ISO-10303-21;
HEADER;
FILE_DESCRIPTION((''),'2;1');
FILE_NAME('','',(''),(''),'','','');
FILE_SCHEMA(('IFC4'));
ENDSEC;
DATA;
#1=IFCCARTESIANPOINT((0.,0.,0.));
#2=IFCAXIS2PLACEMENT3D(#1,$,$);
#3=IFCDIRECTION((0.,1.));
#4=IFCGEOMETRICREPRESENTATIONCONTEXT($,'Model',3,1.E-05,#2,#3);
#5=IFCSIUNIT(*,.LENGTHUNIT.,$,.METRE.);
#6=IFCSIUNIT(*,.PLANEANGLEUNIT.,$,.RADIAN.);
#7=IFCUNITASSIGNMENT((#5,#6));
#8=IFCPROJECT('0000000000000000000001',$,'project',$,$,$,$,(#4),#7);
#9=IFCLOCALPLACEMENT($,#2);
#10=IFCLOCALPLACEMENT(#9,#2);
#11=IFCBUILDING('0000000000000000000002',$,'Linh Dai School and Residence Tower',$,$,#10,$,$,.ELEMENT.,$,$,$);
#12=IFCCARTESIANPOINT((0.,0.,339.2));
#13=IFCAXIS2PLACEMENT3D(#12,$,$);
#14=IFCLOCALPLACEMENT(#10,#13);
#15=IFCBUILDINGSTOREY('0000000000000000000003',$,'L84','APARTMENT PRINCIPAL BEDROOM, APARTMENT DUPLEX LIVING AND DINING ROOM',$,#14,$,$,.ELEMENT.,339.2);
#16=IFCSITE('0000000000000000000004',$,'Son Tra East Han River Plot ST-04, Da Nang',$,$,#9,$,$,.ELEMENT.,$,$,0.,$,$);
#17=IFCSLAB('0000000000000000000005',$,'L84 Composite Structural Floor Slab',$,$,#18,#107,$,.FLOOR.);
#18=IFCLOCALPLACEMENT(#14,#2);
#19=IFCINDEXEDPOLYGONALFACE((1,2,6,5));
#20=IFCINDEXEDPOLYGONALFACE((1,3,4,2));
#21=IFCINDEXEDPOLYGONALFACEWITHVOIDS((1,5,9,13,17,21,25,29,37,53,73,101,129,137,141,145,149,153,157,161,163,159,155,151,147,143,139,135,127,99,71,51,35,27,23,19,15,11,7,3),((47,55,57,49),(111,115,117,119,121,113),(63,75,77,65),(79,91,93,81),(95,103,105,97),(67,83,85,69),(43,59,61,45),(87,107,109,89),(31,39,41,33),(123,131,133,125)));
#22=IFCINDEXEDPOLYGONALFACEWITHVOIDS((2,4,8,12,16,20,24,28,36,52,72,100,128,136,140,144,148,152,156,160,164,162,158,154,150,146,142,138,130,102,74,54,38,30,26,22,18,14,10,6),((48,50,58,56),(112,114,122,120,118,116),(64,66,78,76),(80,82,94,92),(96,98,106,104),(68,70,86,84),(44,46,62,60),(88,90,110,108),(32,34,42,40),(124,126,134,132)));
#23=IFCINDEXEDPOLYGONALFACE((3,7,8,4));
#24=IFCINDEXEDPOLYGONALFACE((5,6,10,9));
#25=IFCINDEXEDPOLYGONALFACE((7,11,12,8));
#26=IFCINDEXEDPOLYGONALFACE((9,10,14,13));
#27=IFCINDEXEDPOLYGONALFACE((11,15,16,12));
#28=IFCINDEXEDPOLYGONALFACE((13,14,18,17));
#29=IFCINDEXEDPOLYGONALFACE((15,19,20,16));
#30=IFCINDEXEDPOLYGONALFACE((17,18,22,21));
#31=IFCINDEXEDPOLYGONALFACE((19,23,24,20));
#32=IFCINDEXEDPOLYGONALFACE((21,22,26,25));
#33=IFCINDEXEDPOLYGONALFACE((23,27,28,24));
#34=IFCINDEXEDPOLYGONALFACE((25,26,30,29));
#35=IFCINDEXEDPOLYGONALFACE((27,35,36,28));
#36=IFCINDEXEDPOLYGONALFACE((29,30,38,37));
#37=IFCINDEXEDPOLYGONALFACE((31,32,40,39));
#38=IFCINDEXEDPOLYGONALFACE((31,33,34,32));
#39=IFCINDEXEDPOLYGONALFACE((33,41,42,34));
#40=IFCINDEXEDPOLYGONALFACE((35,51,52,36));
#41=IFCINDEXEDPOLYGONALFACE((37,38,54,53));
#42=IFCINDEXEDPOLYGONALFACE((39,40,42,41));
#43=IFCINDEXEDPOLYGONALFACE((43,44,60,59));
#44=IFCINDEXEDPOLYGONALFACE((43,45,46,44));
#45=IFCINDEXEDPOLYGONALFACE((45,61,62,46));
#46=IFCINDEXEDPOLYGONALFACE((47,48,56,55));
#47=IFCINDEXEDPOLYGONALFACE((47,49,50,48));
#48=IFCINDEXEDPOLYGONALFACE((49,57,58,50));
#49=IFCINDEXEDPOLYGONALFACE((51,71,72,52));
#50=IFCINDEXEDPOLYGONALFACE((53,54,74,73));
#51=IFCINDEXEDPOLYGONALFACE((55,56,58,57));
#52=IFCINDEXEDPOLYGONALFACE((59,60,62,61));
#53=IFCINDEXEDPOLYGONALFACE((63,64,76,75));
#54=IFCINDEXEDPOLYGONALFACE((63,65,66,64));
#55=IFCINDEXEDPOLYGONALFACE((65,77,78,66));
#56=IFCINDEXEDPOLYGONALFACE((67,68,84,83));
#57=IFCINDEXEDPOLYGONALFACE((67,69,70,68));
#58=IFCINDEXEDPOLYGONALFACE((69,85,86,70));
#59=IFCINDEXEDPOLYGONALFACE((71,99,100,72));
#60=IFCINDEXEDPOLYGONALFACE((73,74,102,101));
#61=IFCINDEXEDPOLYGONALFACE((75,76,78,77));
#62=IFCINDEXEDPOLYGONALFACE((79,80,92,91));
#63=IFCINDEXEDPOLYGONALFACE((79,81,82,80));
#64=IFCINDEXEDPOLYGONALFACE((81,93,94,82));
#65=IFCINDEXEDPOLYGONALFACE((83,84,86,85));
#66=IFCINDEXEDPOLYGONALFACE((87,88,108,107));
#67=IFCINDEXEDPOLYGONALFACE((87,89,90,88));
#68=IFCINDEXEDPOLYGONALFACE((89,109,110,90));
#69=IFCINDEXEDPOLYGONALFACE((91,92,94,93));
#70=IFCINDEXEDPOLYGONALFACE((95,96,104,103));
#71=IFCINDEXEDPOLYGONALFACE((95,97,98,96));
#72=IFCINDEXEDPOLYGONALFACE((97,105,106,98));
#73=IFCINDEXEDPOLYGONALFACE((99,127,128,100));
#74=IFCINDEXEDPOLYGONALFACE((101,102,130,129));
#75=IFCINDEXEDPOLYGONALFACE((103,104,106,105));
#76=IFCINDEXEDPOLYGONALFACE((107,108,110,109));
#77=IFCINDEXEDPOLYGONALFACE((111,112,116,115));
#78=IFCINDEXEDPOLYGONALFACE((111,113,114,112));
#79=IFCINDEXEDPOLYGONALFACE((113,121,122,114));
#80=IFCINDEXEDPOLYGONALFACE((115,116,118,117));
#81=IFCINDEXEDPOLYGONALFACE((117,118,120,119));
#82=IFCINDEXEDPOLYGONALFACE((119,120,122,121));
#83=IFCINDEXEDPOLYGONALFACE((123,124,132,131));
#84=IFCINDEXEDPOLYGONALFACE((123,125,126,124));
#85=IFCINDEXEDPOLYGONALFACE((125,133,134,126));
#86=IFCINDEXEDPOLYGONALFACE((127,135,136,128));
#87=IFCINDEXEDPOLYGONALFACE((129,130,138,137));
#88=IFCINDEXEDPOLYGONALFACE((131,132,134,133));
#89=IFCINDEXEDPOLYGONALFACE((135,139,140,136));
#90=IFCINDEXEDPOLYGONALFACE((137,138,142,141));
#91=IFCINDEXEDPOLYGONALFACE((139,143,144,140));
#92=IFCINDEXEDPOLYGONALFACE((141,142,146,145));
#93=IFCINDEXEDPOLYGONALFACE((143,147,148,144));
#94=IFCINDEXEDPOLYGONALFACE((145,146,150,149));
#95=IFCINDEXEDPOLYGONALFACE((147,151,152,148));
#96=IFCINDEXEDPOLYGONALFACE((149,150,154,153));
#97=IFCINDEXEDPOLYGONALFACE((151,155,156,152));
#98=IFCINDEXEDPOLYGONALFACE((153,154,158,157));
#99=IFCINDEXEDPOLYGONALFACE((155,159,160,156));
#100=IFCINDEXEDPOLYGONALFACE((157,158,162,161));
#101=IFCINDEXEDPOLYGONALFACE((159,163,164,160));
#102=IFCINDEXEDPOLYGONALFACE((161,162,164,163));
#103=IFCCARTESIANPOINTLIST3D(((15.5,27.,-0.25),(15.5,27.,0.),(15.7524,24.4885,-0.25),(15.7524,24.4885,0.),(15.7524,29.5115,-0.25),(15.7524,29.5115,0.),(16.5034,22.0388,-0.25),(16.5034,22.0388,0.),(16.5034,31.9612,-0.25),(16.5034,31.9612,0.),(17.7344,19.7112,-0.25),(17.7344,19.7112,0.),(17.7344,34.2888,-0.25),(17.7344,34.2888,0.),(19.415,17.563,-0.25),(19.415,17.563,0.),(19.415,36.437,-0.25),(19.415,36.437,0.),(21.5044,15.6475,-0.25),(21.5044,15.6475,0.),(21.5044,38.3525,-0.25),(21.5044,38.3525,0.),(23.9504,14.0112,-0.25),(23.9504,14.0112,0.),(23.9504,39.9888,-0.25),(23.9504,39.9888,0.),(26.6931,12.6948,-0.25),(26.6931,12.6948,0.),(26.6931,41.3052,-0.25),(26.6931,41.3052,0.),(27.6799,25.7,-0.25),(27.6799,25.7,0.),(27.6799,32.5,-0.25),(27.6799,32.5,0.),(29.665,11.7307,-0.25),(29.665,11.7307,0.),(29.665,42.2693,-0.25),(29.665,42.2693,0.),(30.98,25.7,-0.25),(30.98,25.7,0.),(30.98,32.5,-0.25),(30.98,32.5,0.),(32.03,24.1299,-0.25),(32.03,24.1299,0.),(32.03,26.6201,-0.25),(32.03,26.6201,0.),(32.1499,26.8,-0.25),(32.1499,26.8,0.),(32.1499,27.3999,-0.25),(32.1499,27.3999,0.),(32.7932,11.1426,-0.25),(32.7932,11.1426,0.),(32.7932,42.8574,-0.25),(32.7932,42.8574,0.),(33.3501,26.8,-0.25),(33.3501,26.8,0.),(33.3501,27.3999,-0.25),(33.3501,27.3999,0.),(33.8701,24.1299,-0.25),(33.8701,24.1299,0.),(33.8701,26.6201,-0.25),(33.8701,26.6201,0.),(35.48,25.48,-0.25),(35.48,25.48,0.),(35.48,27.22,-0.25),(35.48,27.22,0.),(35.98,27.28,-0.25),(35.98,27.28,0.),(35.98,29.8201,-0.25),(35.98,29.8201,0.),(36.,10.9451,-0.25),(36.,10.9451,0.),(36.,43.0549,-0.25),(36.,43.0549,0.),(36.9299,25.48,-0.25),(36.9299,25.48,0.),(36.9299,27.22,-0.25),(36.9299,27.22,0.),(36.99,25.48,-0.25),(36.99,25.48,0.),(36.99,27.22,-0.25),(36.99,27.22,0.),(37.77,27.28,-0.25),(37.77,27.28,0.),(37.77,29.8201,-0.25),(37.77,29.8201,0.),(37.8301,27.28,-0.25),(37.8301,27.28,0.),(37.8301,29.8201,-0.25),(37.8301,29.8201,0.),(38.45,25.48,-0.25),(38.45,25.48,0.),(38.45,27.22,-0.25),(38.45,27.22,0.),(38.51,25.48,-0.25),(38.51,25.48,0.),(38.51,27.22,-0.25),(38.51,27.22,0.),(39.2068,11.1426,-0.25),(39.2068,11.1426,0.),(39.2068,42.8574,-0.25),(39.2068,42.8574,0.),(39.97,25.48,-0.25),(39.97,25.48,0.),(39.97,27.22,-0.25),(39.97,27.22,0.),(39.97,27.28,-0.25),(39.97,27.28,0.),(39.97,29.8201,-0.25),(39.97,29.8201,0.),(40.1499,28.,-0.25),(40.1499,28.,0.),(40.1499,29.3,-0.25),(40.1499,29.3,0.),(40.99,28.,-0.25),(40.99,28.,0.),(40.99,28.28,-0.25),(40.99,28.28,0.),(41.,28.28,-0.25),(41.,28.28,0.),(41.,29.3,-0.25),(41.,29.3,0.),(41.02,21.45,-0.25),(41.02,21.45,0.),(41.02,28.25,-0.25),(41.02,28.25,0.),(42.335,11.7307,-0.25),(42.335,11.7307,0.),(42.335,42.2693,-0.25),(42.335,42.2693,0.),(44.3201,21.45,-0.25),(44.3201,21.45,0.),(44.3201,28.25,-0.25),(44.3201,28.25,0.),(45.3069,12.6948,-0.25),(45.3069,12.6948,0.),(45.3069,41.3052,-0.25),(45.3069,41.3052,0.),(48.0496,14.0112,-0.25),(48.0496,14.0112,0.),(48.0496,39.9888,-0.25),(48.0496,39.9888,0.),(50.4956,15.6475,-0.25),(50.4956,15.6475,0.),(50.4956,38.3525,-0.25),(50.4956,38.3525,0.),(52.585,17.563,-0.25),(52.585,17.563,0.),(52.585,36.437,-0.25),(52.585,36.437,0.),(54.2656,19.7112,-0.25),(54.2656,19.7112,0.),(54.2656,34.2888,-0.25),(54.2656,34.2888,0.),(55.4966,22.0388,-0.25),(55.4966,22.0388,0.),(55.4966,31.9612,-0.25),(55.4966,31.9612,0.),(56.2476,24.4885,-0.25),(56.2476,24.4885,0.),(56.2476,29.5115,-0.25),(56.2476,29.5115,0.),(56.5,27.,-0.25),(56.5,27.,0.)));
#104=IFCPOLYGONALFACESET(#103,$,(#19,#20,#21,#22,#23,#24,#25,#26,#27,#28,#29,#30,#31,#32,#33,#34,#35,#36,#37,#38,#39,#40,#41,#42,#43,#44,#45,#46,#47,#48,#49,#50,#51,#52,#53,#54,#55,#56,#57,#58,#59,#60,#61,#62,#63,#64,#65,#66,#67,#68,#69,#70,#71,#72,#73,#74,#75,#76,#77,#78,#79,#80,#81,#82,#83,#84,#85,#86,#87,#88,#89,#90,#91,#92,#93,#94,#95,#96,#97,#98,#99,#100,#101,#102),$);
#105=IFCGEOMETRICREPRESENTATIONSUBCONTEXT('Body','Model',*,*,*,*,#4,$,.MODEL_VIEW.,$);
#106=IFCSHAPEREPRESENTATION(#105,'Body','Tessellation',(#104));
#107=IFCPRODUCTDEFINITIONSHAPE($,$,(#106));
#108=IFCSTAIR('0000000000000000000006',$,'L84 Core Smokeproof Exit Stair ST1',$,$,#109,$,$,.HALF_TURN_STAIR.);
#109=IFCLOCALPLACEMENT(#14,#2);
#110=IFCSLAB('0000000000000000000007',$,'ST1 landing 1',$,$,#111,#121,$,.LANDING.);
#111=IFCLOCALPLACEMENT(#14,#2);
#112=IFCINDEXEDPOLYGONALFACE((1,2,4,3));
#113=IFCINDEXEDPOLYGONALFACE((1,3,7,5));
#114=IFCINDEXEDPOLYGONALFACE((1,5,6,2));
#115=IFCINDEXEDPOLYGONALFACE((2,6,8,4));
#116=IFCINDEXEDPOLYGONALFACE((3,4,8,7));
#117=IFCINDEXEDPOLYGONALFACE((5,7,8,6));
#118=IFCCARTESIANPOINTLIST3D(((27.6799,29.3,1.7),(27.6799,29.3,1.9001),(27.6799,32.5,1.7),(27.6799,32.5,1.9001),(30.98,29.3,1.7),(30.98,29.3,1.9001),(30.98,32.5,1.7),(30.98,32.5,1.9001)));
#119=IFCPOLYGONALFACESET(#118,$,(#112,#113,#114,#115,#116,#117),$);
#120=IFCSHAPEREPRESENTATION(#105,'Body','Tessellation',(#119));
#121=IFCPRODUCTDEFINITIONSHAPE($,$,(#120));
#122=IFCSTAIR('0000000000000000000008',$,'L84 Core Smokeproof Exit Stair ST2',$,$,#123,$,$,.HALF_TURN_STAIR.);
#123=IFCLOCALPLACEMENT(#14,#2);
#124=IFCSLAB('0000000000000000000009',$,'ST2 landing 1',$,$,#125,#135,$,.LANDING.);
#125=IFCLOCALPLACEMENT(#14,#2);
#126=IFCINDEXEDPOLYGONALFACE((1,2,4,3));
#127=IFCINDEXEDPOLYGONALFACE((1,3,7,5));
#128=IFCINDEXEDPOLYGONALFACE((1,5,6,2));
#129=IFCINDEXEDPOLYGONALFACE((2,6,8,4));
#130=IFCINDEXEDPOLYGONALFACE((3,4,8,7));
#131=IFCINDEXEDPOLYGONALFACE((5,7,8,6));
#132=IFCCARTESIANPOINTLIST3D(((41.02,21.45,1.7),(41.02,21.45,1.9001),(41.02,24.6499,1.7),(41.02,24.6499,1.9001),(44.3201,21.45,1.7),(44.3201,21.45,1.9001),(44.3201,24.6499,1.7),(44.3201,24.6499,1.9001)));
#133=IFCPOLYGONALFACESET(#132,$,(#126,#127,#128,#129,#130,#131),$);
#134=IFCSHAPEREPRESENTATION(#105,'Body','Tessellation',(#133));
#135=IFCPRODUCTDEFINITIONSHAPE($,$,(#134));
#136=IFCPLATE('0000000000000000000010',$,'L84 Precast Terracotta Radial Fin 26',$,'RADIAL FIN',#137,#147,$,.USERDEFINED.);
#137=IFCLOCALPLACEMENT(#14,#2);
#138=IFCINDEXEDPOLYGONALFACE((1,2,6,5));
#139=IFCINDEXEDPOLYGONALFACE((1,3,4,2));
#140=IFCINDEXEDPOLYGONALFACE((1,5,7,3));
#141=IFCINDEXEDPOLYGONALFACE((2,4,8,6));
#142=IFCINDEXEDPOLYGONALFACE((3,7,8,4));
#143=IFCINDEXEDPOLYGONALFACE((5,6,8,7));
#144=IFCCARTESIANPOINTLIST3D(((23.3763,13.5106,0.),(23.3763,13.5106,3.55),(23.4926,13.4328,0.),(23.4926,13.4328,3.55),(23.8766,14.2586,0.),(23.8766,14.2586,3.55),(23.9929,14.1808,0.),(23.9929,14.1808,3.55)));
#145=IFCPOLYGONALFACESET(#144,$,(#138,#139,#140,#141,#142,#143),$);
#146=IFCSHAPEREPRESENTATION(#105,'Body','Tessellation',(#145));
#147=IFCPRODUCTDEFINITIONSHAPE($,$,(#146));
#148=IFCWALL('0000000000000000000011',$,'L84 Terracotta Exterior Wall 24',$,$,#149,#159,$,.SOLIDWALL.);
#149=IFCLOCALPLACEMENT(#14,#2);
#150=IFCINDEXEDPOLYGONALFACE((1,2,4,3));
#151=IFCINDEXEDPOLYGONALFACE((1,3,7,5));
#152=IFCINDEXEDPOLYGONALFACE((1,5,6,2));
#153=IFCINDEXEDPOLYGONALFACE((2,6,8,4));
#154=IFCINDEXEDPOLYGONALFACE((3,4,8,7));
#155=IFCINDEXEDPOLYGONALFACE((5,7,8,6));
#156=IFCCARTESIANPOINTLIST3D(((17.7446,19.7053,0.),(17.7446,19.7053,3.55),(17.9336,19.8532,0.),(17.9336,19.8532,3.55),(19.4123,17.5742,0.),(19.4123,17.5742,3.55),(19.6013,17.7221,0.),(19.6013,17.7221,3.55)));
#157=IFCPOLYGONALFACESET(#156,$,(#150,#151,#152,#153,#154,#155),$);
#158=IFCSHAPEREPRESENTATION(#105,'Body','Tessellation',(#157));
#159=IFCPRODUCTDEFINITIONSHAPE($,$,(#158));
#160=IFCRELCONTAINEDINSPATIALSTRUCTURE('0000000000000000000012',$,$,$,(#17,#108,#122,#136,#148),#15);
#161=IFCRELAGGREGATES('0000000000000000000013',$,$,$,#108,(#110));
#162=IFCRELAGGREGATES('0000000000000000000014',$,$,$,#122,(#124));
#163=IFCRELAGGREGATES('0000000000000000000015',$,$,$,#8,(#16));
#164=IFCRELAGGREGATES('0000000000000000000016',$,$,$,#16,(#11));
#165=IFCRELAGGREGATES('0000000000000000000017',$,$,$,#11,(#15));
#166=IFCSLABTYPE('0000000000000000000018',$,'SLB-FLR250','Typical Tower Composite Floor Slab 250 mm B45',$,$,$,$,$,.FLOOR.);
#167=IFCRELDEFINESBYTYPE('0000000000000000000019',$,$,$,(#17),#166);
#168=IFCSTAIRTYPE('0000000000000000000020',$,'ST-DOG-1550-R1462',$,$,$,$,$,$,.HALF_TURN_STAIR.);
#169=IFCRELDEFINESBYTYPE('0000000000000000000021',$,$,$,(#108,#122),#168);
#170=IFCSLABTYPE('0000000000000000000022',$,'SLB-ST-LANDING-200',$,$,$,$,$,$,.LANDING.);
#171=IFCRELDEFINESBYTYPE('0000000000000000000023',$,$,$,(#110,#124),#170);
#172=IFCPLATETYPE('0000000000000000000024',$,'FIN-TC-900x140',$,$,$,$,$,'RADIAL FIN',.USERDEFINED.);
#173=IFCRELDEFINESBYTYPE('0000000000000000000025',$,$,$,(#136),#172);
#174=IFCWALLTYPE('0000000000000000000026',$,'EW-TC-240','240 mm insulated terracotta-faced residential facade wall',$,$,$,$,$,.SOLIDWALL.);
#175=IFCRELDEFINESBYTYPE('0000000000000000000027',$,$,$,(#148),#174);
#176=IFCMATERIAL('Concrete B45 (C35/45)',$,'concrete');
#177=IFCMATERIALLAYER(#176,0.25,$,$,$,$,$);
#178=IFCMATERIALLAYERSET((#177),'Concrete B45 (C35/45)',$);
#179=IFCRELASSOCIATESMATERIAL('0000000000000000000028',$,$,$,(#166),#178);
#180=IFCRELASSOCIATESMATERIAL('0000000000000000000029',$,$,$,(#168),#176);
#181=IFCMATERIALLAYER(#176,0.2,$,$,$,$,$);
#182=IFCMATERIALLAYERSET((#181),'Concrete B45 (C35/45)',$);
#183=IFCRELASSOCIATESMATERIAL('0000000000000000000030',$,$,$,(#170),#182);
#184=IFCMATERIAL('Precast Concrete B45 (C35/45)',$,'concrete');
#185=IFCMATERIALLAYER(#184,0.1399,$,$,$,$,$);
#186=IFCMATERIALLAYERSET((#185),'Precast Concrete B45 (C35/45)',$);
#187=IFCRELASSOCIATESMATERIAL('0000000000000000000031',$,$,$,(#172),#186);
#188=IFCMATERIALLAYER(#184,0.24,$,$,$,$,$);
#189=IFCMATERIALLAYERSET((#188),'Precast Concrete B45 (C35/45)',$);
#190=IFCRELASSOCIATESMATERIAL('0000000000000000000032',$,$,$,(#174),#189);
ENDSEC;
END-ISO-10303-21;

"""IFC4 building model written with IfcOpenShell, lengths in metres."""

from ifc_helpers import new_model, si_unit, direction, frame, frame_2d, origin, origin_2d, place, context, subcontext, project, spatial, polyline, rectangle, outline, extrude, source, transform, mapped, material, layer, layer_set, type_object, element, aggregate, save


model = new_model("IFC4")

# Units and contexts
model_context = context("Model", 3, precision=1e-05, world=origin(), true_north=direction((0.0, 1.0)))
body_context = subcontext(model_context, "Body", "Model", "MODEL_VIEW")
ifc_project = project(units=[si_unit("LENGTHUNIT", "METRE"), si_unit("PLANEANGLEUNIT", "RADIAN")], contexts=[model_context])

# Site, building, storey
site_placement = place(None, origin())
site = spatial("IfcSite", under=ifc_project, at=site_placement, Name="Son Tra East Han River Plot ST-04, Da Nang", CompositionType="ELEMENT", RefElevation=0.0)
building_placement = place(site_placement, origin())
building = spatial("IfcBuilding", under=site, at=building_placement, Name="Linh Dai School and Residence Tower", CompositionType="ELEMENT")
storey_placement = place(building_placement, frame((0.0, 0.0, 339.2)))
storey = spatial("IfcBuildingStorey", under=building, at=storey_placement, Name="L84", Description="APARTMENT PRINCIPAL BEDROOM, APARTMENT DUPLEX LIVING AND DINING ROOM", CompositionType="ELEMENT", Elevation=339.2)

# Slab
ifc_material_1 = material(Name="Concrete B45 (C35/45)", Category="concrete")
ifc_layer_1 = layer(ifc_material_1, 0.25)
ifc_layer_set_1 = layer_set([ifc_layer_1], Name="Concrete B45 (C35/45)")
slab_type_1 = type_object("IfcSlabType", Name="SLB-FLR250", Description="Typical Tower Composite Floor Slab 250 mm B45", PredefinedType="FLOOR", material=ifc_layer_set_1)
slab_1_placement = place(storey_placement, frame((0.0, 0.0, -0.25)))
element("IfcSlab", 1, at=slab_1_placement, inside=storey, type_object=slab_type_1, Name="L84 Composite Structural Floor Slab", PredefinedType="FLOOR", context=body_context, shape_type="SweptSolid", body=[
    extrude(outline(polyline([(56.5, 27.0), (56.2476, 29.5115), (55.4966, 31.9612), (54.2656, 34.2888), (52.585, 36.437), (50.4956, 38.3525), (48.0496, 39.9888), (45.3069, 41.3052), (42.335, 42.2693), (39.2068, 42.8574), (36.0, 43.0549), (32.7932, 42.8574), (29.665, 42.2693), (26.6931, 41.3052), (23.9504, 39.9888), (21.5044, 38.3525), (19.415, 36.437), (17.7344, 34.2888), (16.5034, 31.9612), (15.7524, 29.5115), (15.5, 27.0), (15.7524, 24.4885), (16.5034, 22.0388), (17.7344, 19.7112), (19.415, 17.563), (21.5044, 15.6475), (23.9504, 14.0112), (26.6931, 12.6948), (29.665, 11.7307), (32.7932, 11.1426), (36.0, 10.9451), (39.2068, 11.1426), (42.335, 11.7307), (45.3069, 12.6948), (48.0496, 14.0112), (50.4956, 15.6475), (52.585, 17.563), (54.2656, 19.7112), (55.4966, 22.0388), (56.2476, 24.4885), (56.5, 27.0)]), holes=[polyline([(30.98, 25.7), (30.98, 32.5), (27.6799, 32.5), (27.6799, 25.7), (30.98, 25.7)]), polyline([(41.02, 28.25), (41.02, 21.45), (44.3201, 21.45), (44.3201, 28.25), (41.02, 28.25)]), polyline([(35.98, 27.28), (37.77, 27.28), (37.77, 29.8201), (35.98, 29.8201), (35.98, 27.28)]), polyline([(32.03, 24.1299), (33.8701, 24.1299), (33.8701, 26.6201), (32.03, 26.6201), (32.03, 24.1299)]), polyline([(37.8301, 27.28), (39.97, 27.28), (39.97, 29.8201), (37.8301, 29.8201), (37.8301, 27.28)]), polyline([(35.48, 25.48), (36.9299, 25.48), (36.9299, 27.22), (35.48, 27.22), (35.48, 25.48)]), polyline([(36.99, 25.48), (38.45, 25.48), (38.45, 27.22), (36.99, 27.22), (36.99, 25.48)]), polyline([(38.51, 25.48), (39.97, 25.48), (39.97, 27.22), (38.51, 27.22), (38.51, 25.48)]), polyline([(40.1499, 28.0), (40.1499, 29.3), (41.0, 29.3), (41.0, 28.28), (40.99, 28.28), (40.99, 28.0), (40.1499, 28.0)]), polyline([(32.1499, 26.8), (33.3501, 26.8), (33.3501, 27.3999), (32.1499, 27.3999), (32.1499, 26.8)])]), origin(), (0.0, 0.0, 1.0), 0.25),
])

# Stairs, slabs
stair_type = type_object("IfcStairType", Name="ST-DOG-1550-R1462", PredefinedType="HALF_TURN_STAIR", material=ifc_material_1)
stair_1_placement = place(storey_placement, origin())
stair_1 = element("IfcStair", 2, at=stair_1_placement, inside=storey, type_object=stair_type, Name="L84 Core Smokeproof Exit Stair ST1", PredefinedType="HALF_TURN_STAIR")
ifc_layer_2 = layer(ifc_material_1, 0.2)
ifc_layer_set_2 = layer_set([ifc_layer_2], Name="Concrete B45 (C35/45)")
slab_type_2 = type_object("IfcSlabType", Name="SLB-ST-LANDING-200", PredefinedType="LANDING", material=ifc_layer_set_2)
slab_2_placement = place(storey_placement, frame((0.0, 0.0, 1.7)))
slab_2 = element("IfcSlab", 3, at=slab_2_placement, type_object=slab_type_2, Name="ST1 landing 1", PredefinedType="LANDING", context=body_context, shape_type="SweptSolid", body=[
    extrude(outline(polyline([(30.98, 29.3), (30.98, 32.5), (27.6799, 32.5), (27.6799, 29.3), (30.98, 29.3)])), origin(), (0.0, 0.0, 1.0), 0.2002),
])
aggregate(stair_1, [slab_2])
stair_2_placement = place(storey_placement, origin())
stair_2 = element("IfcStair", 4, at=stair_2_placement, inside=storey, type_object=stair_type, Name="L84 Core Smokeproof Exit Stair ST2", PredefinedType="HALF_TURN_STAIR")
slab_3_placement = place(storey_placement, frame((0.0, 0.0, 1.7)))
slab_3 = element("IfcSlab", 5, at=slab_3_placement, type_object=slab_type_2, Name="ST2 landing 1", PredefinedType="LANDING", context=body_context, shape_type="SweptSolid", body=[
    extrude(outline(polyline([(41.02, 24.6499), (41.02, 21.45), (44.3201, 21.45), (44.3201, 24.6499), (41.02, 24.6499)])), origin(), (0.0, 0.0, 1.0), 0.2002),
])
aggregate(stair_2, [slab_3])

# Plate
ifc_material_2 = material(Name="Precast Concrete B45 (C35/45)", Category="concrete")
ifc_layer_3 = layer(ifc_material_2, 0.1399)
ifc_layer_set_3 = layer_set([ifc_layer_3], Name="Precast Concrete B45 (C35/45)")
plate_type = type_object("IfcPlateType", Name="FIN-TC-900x140", ElementType="RADIAL FIN", PredefinedType="USERDEFINED", material=ifc_layer_set_3)
shared_shape_1 = source(origin(), body_context, "Body", "SweptSolid", [
    extrude(rectangle(XDim=0.8999, YDim=0.1399, at=origin_2d()), origin(), (0.0, 0.0, 1.0), 3.55),
])
plate_placement = place(storey_placement, frame((23.6846, 13.8457, 0.0), z_axis=(0.0, 0.0, 1.0), x_axis=(-0.555971, -0.831202, 0.0)))
element("IfcPlate", 6, at=plate_placement, inside=storey, type_object=plate_type, Name="L84 Precast Terracotta Radial Fin 26", ObjectType="RADIAL FIN", PredefinedType="USERDEFINED", context=body_context, shape_type="MappedRepresentation", body=[
    mapped(shared_shape_1, transform((0.0, 0.0, 0.0), x_axis=(1.0, 0.0, 0.0), y_axis=(0.0, 1.0, 0.0), z_axis=(0.0, 0.0, 1.0), scale=1.0)),
])

# Wall
ifc_layer_4 = layer(ifc_material_2, 0.24)
ifc_layer_set_4 = layer_set([ifc_layer_4], Name="Precast Concrete B45 (C35/45)")
wall_type_1 = type_object("IfcWallType", Name="EW-TC-240", Description="240 mm insulated terracotta-faced residential facade wall", PredefinedType="SOLIDWALL", material=ifc_layer_set_4)
wall_1_placement = place(storey_placement, frame((19.5068, 17.6482, 0.0), z_axis=(0.0, 0.0, 1.0), x_axis=(-0.616286, 0.787522, 0.0)))
element("IfcWall", 7, at=wall_1_placement, inside=storey, type_object=wall_type_1, Name="L84 Terracotta Exterior Wall 24", PredefinedType="SOLIDWALL", context=body_context, shape_type="SweptSolid", body=[
    extrude(rectangle(XDim=2.7061, YDim=0.24, at=frame_2d((1.353, 0.0))), origin(), (0.0, 0.0, 1.0), 3.55),
])

save(model, "model.ifc")
